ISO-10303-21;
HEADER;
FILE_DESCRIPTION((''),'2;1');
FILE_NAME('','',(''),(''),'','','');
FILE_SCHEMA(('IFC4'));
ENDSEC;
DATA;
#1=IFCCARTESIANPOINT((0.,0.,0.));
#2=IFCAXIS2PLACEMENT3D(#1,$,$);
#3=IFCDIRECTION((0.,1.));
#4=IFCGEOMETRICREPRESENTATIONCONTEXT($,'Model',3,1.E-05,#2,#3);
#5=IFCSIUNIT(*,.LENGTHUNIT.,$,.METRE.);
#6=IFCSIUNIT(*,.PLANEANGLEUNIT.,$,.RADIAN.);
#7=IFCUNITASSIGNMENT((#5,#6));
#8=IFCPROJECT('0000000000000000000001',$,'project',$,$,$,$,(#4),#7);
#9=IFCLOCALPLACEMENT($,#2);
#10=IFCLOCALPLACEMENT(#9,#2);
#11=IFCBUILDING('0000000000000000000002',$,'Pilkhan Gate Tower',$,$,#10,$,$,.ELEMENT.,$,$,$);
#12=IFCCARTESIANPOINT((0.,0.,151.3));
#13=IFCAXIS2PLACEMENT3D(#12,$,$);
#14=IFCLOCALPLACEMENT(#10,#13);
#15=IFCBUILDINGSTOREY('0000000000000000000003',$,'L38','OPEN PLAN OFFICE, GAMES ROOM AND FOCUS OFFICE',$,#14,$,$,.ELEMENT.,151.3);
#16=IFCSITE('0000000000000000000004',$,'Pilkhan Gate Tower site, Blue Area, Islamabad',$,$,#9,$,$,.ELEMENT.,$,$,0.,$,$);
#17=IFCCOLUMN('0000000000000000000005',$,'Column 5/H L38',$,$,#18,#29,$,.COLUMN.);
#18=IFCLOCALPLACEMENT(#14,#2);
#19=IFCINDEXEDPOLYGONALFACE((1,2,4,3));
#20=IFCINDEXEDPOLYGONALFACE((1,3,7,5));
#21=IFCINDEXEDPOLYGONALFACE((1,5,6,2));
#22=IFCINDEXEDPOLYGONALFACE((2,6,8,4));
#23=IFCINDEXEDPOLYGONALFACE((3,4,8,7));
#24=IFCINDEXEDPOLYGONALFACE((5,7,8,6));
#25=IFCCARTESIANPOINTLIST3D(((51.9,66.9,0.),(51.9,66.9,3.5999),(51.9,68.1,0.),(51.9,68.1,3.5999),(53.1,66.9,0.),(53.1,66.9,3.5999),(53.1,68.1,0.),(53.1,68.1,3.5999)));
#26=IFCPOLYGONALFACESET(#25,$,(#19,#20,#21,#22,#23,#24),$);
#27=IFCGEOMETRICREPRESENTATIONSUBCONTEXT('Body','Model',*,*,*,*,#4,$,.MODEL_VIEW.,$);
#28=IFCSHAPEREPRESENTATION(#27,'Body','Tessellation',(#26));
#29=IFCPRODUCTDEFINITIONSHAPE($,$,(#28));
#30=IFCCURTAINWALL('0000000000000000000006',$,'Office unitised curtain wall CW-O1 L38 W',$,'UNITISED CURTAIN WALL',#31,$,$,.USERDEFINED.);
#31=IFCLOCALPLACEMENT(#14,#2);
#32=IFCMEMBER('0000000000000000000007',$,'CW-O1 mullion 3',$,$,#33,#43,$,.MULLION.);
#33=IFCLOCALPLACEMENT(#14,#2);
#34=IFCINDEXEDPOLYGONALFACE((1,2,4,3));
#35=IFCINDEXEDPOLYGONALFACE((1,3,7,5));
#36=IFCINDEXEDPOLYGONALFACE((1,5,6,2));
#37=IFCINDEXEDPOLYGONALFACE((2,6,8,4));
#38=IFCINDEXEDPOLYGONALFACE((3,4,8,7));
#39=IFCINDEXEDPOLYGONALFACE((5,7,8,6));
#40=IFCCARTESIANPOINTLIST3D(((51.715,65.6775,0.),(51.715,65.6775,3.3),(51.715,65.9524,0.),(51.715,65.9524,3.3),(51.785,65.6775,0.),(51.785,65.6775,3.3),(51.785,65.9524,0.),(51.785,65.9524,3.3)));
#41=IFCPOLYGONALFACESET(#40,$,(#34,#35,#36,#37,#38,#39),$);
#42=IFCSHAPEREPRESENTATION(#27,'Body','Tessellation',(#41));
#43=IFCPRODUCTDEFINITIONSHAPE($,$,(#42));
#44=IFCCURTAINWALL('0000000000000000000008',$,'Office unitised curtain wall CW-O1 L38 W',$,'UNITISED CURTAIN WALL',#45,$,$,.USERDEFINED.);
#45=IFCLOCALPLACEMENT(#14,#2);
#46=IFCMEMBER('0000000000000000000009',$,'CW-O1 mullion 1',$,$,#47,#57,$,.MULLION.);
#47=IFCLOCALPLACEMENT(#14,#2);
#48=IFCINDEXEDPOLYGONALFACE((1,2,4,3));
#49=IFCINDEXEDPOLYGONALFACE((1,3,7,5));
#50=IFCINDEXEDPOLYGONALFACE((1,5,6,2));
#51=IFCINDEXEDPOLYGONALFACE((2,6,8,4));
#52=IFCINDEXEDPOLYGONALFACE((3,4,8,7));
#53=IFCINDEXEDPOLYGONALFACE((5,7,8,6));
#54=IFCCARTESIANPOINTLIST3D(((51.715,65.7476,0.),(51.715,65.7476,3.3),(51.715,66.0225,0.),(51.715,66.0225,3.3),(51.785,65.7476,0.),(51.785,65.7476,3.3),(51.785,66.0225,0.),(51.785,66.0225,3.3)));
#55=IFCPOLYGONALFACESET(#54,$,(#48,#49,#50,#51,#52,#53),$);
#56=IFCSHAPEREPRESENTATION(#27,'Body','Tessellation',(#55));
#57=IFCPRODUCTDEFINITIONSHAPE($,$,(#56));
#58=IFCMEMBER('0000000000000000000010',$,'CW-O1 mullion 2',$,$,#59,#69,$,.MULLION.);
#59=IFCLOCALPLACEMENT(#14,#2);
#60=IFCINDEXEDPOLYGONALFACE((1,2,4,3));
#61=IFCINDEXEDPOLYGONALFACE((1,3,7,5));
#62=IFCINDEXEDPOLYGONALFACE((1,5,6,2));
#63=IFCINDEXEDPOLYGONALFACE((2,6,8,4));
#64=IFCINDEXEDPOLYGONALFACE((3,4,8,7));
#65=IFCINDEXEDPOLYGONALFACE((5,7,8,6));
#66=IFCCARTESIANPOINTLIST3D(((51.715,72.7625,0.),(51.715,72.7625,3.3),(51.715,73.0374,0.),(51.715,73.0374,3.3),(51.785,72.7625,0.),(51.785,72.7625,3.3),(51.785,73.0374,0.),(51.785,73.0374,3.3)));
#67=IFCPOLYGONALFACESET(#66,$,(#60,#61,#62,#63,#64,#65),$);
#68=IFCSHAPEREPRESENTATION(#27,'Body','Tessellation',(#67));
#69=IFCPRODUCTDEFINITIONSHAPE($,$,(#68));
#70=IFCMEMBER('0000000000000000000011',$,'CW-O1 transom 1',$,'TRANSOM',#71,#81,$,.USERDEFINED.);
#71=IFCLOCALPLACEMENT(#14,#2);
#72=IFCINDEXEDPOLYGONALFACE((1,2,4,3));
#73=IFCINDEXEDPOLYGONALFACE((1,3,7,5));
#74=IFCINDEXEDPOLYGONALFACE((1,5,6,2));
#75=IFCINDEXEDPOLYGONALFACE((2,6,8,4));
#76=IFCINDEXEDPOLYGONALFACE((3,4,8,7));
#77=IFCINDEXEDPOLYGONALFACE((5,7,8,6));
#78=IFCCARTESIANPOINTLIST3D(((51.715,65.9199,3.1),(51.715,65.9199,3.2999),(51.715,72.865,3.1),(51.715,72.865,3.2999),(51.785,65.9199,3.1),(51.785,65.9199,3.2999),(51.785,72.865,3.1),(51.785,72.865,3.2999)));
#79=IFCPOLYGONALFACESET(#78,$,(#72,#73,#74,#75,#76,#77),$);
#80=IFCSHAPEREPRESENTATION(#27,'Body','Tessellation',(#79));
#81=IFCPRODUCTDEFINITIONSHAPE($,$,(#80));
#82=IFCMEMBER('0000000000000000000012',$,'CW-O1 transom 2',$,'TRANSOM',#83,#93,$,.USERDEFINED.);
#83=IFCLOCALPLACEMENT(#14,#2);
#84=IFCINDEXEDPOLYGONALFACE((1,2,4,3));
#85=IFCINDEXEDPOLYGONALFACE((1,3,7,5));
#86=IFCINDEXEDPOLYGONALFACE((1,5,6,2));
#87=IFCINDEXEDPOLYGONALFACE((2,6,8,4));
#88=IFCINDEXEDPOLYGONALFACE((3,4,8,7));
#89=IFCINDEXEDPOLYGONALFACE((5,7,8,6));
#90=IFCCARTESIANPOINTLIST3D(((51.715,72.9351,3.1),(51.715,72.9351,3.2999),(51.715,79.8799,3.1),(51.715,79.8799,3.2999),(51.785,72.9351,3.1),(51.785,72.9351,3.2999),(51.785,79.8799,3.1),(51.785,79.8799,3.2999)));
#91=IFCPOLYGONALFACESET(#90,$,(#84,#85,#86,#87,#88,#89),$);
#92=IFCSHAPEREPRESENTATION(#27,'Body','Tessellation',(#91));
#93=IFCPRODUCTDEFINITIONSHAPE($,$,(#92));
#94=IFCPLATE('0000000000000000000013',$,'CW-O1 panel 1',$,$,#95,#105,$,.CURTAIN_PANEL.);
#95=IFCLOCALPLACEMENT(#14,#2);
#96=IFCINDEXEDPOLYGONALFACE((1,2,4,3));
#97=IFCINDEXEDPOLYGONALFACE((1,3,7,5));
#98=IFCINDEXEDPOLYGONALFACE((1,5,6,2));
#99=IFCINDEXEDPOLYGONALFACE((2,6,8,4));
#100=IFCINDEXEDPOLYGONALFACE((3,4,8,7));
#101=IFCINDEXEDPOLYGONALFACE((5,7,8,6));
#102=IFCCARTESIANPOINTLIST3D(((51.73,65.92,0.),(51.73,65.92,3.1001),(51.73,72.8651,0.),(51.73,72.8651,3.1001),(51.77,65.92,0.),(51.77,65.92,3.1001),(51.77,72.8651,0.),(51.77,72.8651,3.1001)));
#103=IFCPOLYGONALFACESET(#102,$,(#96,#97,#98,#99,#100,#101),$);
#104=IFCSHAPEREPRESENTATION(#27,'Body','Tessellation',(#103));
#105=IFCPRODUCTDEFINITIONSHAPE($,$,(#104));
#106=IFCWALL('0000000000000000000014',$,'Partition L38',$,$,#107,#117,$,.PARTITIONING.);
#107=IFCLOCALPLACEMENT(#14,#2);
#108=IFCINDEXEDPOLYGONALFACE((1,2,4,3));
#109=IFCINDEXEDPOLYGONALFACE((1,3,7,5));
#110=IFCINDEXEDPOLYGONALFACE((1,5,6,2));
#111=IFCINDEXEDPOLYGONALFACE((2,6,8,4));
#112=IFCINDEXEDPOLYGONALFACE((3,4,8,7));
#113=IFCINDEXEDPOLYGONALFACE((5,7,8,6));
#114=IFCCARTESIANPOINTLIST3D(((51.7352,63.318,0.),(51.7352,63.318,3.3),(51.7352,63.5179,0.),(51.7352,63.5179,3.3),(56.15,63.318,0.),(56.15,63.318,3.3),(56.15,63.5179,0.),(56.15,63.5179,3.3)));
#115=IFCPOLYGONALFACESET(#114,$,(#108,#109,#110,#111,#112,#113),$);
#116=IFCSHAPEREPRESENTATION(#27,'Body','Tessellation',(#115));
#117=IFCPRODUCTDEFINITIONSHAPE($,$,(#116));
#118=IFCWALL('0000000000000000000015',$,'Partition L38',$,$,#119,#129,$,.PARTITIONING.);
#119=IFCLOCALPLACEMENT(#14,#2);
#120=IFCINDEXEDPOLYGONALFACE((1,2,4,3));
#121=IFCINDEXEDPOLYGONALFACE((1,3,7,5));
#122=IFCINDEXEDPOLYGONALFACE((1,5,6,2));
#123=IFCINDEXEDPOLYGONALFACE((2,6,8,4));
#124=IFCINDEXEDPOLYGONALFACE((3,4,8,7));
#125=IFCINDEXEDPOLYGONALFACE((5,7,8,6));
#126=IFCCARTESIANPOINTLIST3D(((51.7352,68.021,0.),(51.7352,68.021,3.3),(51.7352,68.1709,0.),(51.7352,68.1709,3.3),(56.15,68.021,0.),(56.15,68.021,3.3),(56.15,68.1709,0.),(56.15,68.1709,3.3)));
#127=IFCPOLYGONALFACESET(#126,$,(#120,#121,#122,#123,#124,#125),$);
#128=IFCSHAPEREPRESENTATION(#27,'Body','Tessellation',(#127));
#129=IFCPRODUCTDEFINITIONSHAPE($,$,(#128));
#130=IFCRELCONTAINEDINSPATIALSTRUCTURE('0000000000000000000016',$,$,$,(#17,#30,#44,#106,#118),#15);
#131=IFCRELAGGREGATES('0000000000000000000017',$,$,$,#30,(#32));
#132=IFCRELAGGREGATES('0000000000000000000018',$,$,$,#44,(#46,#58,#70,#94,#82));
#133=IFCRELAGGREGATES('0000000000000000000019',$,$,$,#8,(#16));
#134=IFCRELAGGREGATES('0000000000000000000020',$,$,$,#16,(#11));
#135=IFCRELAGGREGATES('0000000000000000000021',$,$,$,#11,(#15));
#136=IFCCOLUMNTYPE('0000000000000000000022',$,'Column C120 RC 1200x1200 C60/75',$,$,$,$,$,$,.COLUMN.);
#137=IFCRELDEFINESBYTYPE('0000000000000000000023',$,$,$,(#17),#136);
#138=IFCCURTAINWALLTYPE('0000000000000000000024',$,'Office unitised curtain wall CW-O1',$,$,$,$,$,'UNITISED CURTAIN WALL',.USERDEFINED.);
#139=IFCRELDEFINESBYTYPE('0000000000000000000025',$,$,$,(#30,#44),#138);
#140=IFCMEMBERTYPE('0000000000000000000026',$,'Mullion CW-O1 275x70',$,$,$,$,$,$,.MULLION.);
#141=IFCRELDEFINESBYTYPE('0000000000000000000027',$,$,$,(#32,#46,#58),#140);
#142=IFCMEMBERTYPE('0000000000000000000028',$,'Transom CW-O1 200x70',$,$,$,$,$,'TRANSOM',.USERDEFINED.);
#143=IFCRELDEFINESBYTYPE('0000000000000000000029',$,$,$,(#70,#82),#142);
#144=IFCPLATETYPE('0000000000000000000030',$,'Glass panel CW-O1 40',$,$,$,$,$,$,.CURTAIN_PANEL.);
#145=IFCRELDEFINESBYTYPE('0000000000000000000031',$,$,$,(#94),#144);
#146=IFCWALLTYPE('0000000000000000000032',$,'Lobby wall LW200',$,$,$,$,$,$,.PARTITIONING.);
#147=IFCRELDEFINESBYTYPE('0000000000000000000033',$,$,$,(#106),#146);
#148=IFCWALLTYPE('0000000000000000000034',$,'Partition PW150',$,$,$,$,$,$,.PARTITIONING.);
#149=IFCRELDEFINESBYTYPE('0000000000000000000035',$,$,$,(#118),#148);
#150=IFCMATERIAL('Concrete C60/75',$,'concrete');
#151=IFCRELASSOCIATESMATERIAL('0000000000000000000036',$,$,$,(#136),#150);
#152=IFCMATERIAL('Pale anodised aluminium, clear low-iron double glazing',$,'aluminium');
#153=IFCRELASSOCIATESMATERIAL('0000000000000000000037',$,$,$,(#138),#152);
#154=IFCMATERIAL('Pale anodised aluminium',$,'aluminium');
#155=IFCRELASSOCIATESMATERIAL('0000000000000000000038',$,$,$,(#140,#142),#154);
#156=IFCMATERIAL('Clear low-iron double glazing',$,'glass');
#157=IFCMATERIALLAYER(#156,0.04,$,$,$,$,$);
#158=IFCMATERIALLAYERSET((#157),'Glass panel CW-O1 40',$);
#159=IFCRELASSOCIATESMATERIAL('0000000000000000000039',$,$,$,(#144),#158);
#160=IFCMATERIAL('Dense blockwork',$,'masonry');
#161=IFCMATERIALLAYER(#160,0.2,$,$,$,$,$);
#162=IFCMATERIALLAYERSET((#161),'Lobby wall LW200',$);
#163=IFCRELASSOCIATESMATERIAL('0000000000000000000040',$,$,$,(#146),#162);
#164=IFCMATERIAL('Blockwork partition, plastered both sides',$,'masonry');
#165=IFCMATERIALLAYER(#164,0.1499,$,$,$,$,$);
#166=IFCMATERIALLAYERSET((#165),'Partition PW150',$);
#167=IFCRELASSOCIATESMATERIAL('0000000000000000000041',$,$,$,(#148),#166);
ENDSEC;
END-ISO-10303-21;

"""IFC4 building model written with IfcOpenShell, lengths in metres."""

from ifc_helpers import new_model, si_unit, direction, frame, frame_2d, origin, origin_2d, place, context, subcontext, project, spatial, rectangle, extrude, material, layer, layer_set, material_profile, profile_set, type_object, element, aggregate, save


model = new_model("IFC4")

# Units and contexts
model_context = context("Model", 3, precision=1e-05, world=origin(), true_north=direction((0.0, 1.0)))
body_context = subcontext(model_context, "Body", "Model", "MODEL_VIEW")
ifc_project = project(units=[si_unit("LENGTHUNIT", "METRE"), si_unit("PLANEANGLEUNIT", "RADIAN")], contexts=[model_context])

# Site, building, storey
site_placement = place(None, origin())
site = spatial("IfcSite", under=ifc_project, at=site_placement, Name="Pilkhan Gate Tower site, Blue Area, Islamabad", CompositionType="ELEMENT", RefElevation=0.0)
building_placement = place(site_placement, origin())
building = spatial("IfcBuilding", under=site, at=building_placement, Name="Pilkhan Gate Tower", CompositionType="ELEMENT")
storey_placement = place(building_placement, frame((0.0, 0.0, 151.3)))
storey = spatial("IfcBuildingStorey", under=building, at=storey_placement, Name="L38", Description="OPEN PLAN OFFICE, GAMES ROOM AND FOCUS OFFICE", CompositionType="ELEMENT", Elevation=151.3)

# Column
ifc_material_1 = material(Name="Concrete C60/75", Category="concrete")
ifc_material_profile_1 = material_profile(ifc_material_1, rectangle(XDim=1.2, YDim=1.2, at=origin_2d()), Name="RC 1200x1200")
ifc_profile_set_1 = profile_set([ifc_material_profile_1], Name="Concrete C60/75")
column_type = type_object("IfcColumnType", Name="Column C120 RC 1200x1200 C60/75", PredefinedType="COLUMN", material=ifc_profile_set_1)
column_placement = place(storey_placement, frame((52.5, 67.5, 0.0), z_axis=(0.0, 0.0, 1.0), x_axis=(1.0, 0.0, 0.0)))
element("IfcColumn", 1, at=column_placement, inside=storey, type_object=column_type, Name="Column 5/H L38", PredefinedType="COLUMN", context=body_context, shape_type="SweptSolid", body=[
    extrude(rectangle(XDim=1.2, YDim=1.2, at=origin_2d()), origin(), (0.0, 0.0, 1.0), 3.5999),
])

# Curtain wall, member
ifc_material_2 = material(Name="Pale anodised aluminium, clear low-iron double glazing", Category="aluminium")
curtain_wall_type = type_object("IfcCurtainWallType", Name="Office unitised curtain wall CW-O1", ElementType="UNITISED CURTAIN WALL", PredefinedType="USERDEFINED", material=ifc_material_2)
curtain_wall_1_placement = place(storey_placement, origin())
curtain_wall_1 = element("IfcCurtainWall", 2, at=curtain_wall_1_placement, inside=storey, type_object=curtain_wall_type, Name="Office unitised curtain wall CW-O1 L38 W", ObjectType="UNITISED CURTAIN WALL", PredefinedType="USERDEFINED")
ifc_material_3 = material(Name="Pale anodised aluminium", Category="aluminium")
ifc_material_profile_2 = material_profile(ifc_material_3, rectangle(XDim=0.0701, YDim=0.2749, at=origin_2d()), Name="Mullion 275x70")
ifc_profile_set_2 = profile_set([ifc_material_profile_2], Name="Pale anodised aluminium")
member_type_1 = type_object("IfcMemberType", Name="Mullion CW-O1 275x70", PredefinedType="MULLION", material=ifc_profile_set_2)
member_1_placement = place(storey_placement, frame((51.75, 65.8149, 0.0), z_axis=(0.0, 0.0, 1.0), x_axis=(-1.0, 0.0, 0.0)))
member_1 = element("IfcMember", 3, at=member_1_placement, type_object=member_type_1, Name="CW-O1 mullion 3", PredefinedType="MULLION", context=body_context, shape_type="SweptSolid", body=[
    extrude(rectangle(XDim=0.0701, YDim=0.2749, at=origin_2d()), origin(), (0.0, 0.0, 1.0), 3.3),
])
aggregate(curtain_wall_1, [member_1])

# Curtain wall, members, plate
curtain_wall_2_placement = place(storey_placement, origin())
curtain_wall_2 = element("IfcCurtainWall", 4, at=curtain_wall_2_placement, inside=storey, type_object=curtain_wall_type, Name="Office unitised curtain wall CW-O1 L38 W", ObjectType="UNITISED CURTAIN WALL", PredefinedType="USERDEFINED")
member_2_placement = place(storey_placement, frame((51.75, 65.885, 0.0), z_axis=(0.0, 0.0, 1.0), x_axis=(-1.0, 0.0, 0.0)))
member_2 = element("IfcMember", 5, at=member_2_placement, type_object=member_type_1, Name="CW-O1 mullion 1", PredefinedType="MULLION", context=body_context, shape_type="SweptSolid", body=[
    extrude(rectangle(XDim=0.0701, YDim=0.2749, at=origin_2d()), origin(), (0.0, 0.0, 1.0), 3.3),
])
member_3_placement = place(storey_placement, frame((51.75, 72.8999, 0.0), z_axis=(0.0, 0.0, 1.0), x_axis=(-1.0, 0.0, 0.0)))
member_3 = element("IfcMember", 6, at=member_3_placement, type_object=member_type_1, Name="CW-O1 mullion 2", PredefinedType="MULLION", context=body_context, shape_type="SweptSolid", body=[
    extrude(rectangle(XDim=0.0701, YDim=0.2749, at=origin_2d()), origin(), (0.0, 0.0, 1.0), 3.3),
])
ifc_material_profile_3 = material_profile(ifc_material_3, rectangle(XDim=0.0701, YDim=0.2, at=origin_2d()), Name="Transom 200x70")
ifc_profile_set_3 = profile_set([ifc_material_profile_3], Name="Pale anodised aluminium")
member_type_2 = type_object("IfcMemberType", Name="Transom CW-O1 200x70", ElementType="TRANSOM", PredefinedType="USERDEFINED", material=ifc_profile_set_3)
member_4_placement = place(storey_placement, frame((51.75, 65.9199, 3.2), z_axis=(0.0, 1.0, 0.0), x_axis=(-1.0, 0.0, 0.0)))
member_4 = element("IfcMember", 7, at=member_4_placement, type_object=member_type_2, Name="CW-O1 transom 1", ObjectType="TRANSOM", PredefinedType="USERDEFINED", context=body_context, shape_type="SweptSolid", body=[
    extrude(rectangle(XDim=0.0701, YDim=0.2, at=origin_2d()), origin(), (0.0, 0.0, 1.0), 6.9451),
])
member_5_placement = place(storey_placement, frame((51.75, 72.9351, 3.2), z_axis=(0.0, 1.0, 0.0), x_axis=(-1.0, 0.0, 0.0)))
member_5 = element("IfcMember", 8, at=member_5_placement, type_object=member_type_2, Name="CW-O1 transom 2", ObjectType="TRANSOM", PredefinedType="USERDEFINED", context=body_context, shape_type="SweptSolid", body=[
    extrude(rectangle(XDim=0.0701, YDim=0.2, at=origin_2d()), origin(), (0.0, 0.0, 1.0), 6.9448),
])
ifc_material_4 = material(Name="Clear low-iron double glazing", Category="glass")
ifc_layer_1 = layer(ifc_material_4, 0.04)
ifc_layer_set_1 = layer_set([ifc_layer_1], Name="Glass panel CW-O1 40")
plate_type = type_object("IfcPlateType", Name="Glass panel CW-O1 40", PredefinedType="CURTAIN_PANEL", material=ifc_layer_set_1)
plate_placement = place(storey_placement, frame((51.75, 69.3926, 0.0), z_axis=(0.0, 0.0, 1.0), x_axis=(0.0, 1.0, 0.0)))
plate = element("IfcPlate", 9, at=plate_placement, type_object=plate_type, Name="CW-O1 panel 1", PredefinedType="CURTAIN_PANEL", context=body_context, shape_type="SweptSolid", body=[
    extrude(rectangle(XDim=6.9451, YDim=0.04, at=origin_2d()), origin(), (0.0, 0.0, 1.0), 3.1001),
])
aggregate(curtain_wall_2, [member_2, member_3, member_4, plate, member_5])

# Walls
ifc_material_5 = material(Name="Dense blockwork", Category="masonry")
ifc_layer_2 = layer(ifc_material_5, 0.2)
ifc_layer_set_2 = layer_set([ifc_layer_2], Name="Lobby wall LW200")
wall_type_1 = type_object("IfcWallType", Name="Lobby wall LW200", PredefinedType="PARTITIONING", material=ifc_layer_set_2)
wall_1_placement = place(storey_placement, frame((51.7351, 63.418, 0.0), z_axis=(0.0, 0.0, 1.0), x_axis=(1.0, 0.0, 0.0)))
element("IfcWall", 10, at=wall_1_placement, inside=storey, type_object=wall_type_1, Name="Partition L38", PredefinedType="PARTITIONING", context=body_context, shape_type="SweptSolid", body=[
    extrude(rectangle(XDim=4.4148, YDim=0.2, at=frame_2d((2.2075, 0.0))), origin(), (0.0, 0.0, 1.0), 3.3),
])
ifc_material_6 = material(Name="Blockwork partition, plastered both sides", Category="masonry")
ifc_layer_3 = layer(ifc_material_6, 0.1499)
ifc_layer_set_3 = layer_set([ifc_layer_3], Name="Partition PW150")
wall_type_2 = type_object("IfcWallType", Name="Partition PW150", PredefinedType="PARTITIONING", material=ifc_layer_set_3)
wall_2_placement = place(storey_placement, frame((51.7351, 68.0959, 0.0), z_axis=(0.0, 0.0, 1.0), x_axis=(1.0, 0.0, 0.0)))
element("IfcWall", 11, at=wall_2_placement, inside=storey, type_object=wall_type_2, Name="Partition L38", PredefinedType="PARTITIONING", context=body_context, shape_type="SweptSolid", body=[
    extrude(rectangle(XDim=4.4148, YDim=0.1499, at=frame_2d((2.2075, 0.0))), origin(), (0.0, 0.0, 1.0), 3.3),
])

save(model, "model.ifc")
